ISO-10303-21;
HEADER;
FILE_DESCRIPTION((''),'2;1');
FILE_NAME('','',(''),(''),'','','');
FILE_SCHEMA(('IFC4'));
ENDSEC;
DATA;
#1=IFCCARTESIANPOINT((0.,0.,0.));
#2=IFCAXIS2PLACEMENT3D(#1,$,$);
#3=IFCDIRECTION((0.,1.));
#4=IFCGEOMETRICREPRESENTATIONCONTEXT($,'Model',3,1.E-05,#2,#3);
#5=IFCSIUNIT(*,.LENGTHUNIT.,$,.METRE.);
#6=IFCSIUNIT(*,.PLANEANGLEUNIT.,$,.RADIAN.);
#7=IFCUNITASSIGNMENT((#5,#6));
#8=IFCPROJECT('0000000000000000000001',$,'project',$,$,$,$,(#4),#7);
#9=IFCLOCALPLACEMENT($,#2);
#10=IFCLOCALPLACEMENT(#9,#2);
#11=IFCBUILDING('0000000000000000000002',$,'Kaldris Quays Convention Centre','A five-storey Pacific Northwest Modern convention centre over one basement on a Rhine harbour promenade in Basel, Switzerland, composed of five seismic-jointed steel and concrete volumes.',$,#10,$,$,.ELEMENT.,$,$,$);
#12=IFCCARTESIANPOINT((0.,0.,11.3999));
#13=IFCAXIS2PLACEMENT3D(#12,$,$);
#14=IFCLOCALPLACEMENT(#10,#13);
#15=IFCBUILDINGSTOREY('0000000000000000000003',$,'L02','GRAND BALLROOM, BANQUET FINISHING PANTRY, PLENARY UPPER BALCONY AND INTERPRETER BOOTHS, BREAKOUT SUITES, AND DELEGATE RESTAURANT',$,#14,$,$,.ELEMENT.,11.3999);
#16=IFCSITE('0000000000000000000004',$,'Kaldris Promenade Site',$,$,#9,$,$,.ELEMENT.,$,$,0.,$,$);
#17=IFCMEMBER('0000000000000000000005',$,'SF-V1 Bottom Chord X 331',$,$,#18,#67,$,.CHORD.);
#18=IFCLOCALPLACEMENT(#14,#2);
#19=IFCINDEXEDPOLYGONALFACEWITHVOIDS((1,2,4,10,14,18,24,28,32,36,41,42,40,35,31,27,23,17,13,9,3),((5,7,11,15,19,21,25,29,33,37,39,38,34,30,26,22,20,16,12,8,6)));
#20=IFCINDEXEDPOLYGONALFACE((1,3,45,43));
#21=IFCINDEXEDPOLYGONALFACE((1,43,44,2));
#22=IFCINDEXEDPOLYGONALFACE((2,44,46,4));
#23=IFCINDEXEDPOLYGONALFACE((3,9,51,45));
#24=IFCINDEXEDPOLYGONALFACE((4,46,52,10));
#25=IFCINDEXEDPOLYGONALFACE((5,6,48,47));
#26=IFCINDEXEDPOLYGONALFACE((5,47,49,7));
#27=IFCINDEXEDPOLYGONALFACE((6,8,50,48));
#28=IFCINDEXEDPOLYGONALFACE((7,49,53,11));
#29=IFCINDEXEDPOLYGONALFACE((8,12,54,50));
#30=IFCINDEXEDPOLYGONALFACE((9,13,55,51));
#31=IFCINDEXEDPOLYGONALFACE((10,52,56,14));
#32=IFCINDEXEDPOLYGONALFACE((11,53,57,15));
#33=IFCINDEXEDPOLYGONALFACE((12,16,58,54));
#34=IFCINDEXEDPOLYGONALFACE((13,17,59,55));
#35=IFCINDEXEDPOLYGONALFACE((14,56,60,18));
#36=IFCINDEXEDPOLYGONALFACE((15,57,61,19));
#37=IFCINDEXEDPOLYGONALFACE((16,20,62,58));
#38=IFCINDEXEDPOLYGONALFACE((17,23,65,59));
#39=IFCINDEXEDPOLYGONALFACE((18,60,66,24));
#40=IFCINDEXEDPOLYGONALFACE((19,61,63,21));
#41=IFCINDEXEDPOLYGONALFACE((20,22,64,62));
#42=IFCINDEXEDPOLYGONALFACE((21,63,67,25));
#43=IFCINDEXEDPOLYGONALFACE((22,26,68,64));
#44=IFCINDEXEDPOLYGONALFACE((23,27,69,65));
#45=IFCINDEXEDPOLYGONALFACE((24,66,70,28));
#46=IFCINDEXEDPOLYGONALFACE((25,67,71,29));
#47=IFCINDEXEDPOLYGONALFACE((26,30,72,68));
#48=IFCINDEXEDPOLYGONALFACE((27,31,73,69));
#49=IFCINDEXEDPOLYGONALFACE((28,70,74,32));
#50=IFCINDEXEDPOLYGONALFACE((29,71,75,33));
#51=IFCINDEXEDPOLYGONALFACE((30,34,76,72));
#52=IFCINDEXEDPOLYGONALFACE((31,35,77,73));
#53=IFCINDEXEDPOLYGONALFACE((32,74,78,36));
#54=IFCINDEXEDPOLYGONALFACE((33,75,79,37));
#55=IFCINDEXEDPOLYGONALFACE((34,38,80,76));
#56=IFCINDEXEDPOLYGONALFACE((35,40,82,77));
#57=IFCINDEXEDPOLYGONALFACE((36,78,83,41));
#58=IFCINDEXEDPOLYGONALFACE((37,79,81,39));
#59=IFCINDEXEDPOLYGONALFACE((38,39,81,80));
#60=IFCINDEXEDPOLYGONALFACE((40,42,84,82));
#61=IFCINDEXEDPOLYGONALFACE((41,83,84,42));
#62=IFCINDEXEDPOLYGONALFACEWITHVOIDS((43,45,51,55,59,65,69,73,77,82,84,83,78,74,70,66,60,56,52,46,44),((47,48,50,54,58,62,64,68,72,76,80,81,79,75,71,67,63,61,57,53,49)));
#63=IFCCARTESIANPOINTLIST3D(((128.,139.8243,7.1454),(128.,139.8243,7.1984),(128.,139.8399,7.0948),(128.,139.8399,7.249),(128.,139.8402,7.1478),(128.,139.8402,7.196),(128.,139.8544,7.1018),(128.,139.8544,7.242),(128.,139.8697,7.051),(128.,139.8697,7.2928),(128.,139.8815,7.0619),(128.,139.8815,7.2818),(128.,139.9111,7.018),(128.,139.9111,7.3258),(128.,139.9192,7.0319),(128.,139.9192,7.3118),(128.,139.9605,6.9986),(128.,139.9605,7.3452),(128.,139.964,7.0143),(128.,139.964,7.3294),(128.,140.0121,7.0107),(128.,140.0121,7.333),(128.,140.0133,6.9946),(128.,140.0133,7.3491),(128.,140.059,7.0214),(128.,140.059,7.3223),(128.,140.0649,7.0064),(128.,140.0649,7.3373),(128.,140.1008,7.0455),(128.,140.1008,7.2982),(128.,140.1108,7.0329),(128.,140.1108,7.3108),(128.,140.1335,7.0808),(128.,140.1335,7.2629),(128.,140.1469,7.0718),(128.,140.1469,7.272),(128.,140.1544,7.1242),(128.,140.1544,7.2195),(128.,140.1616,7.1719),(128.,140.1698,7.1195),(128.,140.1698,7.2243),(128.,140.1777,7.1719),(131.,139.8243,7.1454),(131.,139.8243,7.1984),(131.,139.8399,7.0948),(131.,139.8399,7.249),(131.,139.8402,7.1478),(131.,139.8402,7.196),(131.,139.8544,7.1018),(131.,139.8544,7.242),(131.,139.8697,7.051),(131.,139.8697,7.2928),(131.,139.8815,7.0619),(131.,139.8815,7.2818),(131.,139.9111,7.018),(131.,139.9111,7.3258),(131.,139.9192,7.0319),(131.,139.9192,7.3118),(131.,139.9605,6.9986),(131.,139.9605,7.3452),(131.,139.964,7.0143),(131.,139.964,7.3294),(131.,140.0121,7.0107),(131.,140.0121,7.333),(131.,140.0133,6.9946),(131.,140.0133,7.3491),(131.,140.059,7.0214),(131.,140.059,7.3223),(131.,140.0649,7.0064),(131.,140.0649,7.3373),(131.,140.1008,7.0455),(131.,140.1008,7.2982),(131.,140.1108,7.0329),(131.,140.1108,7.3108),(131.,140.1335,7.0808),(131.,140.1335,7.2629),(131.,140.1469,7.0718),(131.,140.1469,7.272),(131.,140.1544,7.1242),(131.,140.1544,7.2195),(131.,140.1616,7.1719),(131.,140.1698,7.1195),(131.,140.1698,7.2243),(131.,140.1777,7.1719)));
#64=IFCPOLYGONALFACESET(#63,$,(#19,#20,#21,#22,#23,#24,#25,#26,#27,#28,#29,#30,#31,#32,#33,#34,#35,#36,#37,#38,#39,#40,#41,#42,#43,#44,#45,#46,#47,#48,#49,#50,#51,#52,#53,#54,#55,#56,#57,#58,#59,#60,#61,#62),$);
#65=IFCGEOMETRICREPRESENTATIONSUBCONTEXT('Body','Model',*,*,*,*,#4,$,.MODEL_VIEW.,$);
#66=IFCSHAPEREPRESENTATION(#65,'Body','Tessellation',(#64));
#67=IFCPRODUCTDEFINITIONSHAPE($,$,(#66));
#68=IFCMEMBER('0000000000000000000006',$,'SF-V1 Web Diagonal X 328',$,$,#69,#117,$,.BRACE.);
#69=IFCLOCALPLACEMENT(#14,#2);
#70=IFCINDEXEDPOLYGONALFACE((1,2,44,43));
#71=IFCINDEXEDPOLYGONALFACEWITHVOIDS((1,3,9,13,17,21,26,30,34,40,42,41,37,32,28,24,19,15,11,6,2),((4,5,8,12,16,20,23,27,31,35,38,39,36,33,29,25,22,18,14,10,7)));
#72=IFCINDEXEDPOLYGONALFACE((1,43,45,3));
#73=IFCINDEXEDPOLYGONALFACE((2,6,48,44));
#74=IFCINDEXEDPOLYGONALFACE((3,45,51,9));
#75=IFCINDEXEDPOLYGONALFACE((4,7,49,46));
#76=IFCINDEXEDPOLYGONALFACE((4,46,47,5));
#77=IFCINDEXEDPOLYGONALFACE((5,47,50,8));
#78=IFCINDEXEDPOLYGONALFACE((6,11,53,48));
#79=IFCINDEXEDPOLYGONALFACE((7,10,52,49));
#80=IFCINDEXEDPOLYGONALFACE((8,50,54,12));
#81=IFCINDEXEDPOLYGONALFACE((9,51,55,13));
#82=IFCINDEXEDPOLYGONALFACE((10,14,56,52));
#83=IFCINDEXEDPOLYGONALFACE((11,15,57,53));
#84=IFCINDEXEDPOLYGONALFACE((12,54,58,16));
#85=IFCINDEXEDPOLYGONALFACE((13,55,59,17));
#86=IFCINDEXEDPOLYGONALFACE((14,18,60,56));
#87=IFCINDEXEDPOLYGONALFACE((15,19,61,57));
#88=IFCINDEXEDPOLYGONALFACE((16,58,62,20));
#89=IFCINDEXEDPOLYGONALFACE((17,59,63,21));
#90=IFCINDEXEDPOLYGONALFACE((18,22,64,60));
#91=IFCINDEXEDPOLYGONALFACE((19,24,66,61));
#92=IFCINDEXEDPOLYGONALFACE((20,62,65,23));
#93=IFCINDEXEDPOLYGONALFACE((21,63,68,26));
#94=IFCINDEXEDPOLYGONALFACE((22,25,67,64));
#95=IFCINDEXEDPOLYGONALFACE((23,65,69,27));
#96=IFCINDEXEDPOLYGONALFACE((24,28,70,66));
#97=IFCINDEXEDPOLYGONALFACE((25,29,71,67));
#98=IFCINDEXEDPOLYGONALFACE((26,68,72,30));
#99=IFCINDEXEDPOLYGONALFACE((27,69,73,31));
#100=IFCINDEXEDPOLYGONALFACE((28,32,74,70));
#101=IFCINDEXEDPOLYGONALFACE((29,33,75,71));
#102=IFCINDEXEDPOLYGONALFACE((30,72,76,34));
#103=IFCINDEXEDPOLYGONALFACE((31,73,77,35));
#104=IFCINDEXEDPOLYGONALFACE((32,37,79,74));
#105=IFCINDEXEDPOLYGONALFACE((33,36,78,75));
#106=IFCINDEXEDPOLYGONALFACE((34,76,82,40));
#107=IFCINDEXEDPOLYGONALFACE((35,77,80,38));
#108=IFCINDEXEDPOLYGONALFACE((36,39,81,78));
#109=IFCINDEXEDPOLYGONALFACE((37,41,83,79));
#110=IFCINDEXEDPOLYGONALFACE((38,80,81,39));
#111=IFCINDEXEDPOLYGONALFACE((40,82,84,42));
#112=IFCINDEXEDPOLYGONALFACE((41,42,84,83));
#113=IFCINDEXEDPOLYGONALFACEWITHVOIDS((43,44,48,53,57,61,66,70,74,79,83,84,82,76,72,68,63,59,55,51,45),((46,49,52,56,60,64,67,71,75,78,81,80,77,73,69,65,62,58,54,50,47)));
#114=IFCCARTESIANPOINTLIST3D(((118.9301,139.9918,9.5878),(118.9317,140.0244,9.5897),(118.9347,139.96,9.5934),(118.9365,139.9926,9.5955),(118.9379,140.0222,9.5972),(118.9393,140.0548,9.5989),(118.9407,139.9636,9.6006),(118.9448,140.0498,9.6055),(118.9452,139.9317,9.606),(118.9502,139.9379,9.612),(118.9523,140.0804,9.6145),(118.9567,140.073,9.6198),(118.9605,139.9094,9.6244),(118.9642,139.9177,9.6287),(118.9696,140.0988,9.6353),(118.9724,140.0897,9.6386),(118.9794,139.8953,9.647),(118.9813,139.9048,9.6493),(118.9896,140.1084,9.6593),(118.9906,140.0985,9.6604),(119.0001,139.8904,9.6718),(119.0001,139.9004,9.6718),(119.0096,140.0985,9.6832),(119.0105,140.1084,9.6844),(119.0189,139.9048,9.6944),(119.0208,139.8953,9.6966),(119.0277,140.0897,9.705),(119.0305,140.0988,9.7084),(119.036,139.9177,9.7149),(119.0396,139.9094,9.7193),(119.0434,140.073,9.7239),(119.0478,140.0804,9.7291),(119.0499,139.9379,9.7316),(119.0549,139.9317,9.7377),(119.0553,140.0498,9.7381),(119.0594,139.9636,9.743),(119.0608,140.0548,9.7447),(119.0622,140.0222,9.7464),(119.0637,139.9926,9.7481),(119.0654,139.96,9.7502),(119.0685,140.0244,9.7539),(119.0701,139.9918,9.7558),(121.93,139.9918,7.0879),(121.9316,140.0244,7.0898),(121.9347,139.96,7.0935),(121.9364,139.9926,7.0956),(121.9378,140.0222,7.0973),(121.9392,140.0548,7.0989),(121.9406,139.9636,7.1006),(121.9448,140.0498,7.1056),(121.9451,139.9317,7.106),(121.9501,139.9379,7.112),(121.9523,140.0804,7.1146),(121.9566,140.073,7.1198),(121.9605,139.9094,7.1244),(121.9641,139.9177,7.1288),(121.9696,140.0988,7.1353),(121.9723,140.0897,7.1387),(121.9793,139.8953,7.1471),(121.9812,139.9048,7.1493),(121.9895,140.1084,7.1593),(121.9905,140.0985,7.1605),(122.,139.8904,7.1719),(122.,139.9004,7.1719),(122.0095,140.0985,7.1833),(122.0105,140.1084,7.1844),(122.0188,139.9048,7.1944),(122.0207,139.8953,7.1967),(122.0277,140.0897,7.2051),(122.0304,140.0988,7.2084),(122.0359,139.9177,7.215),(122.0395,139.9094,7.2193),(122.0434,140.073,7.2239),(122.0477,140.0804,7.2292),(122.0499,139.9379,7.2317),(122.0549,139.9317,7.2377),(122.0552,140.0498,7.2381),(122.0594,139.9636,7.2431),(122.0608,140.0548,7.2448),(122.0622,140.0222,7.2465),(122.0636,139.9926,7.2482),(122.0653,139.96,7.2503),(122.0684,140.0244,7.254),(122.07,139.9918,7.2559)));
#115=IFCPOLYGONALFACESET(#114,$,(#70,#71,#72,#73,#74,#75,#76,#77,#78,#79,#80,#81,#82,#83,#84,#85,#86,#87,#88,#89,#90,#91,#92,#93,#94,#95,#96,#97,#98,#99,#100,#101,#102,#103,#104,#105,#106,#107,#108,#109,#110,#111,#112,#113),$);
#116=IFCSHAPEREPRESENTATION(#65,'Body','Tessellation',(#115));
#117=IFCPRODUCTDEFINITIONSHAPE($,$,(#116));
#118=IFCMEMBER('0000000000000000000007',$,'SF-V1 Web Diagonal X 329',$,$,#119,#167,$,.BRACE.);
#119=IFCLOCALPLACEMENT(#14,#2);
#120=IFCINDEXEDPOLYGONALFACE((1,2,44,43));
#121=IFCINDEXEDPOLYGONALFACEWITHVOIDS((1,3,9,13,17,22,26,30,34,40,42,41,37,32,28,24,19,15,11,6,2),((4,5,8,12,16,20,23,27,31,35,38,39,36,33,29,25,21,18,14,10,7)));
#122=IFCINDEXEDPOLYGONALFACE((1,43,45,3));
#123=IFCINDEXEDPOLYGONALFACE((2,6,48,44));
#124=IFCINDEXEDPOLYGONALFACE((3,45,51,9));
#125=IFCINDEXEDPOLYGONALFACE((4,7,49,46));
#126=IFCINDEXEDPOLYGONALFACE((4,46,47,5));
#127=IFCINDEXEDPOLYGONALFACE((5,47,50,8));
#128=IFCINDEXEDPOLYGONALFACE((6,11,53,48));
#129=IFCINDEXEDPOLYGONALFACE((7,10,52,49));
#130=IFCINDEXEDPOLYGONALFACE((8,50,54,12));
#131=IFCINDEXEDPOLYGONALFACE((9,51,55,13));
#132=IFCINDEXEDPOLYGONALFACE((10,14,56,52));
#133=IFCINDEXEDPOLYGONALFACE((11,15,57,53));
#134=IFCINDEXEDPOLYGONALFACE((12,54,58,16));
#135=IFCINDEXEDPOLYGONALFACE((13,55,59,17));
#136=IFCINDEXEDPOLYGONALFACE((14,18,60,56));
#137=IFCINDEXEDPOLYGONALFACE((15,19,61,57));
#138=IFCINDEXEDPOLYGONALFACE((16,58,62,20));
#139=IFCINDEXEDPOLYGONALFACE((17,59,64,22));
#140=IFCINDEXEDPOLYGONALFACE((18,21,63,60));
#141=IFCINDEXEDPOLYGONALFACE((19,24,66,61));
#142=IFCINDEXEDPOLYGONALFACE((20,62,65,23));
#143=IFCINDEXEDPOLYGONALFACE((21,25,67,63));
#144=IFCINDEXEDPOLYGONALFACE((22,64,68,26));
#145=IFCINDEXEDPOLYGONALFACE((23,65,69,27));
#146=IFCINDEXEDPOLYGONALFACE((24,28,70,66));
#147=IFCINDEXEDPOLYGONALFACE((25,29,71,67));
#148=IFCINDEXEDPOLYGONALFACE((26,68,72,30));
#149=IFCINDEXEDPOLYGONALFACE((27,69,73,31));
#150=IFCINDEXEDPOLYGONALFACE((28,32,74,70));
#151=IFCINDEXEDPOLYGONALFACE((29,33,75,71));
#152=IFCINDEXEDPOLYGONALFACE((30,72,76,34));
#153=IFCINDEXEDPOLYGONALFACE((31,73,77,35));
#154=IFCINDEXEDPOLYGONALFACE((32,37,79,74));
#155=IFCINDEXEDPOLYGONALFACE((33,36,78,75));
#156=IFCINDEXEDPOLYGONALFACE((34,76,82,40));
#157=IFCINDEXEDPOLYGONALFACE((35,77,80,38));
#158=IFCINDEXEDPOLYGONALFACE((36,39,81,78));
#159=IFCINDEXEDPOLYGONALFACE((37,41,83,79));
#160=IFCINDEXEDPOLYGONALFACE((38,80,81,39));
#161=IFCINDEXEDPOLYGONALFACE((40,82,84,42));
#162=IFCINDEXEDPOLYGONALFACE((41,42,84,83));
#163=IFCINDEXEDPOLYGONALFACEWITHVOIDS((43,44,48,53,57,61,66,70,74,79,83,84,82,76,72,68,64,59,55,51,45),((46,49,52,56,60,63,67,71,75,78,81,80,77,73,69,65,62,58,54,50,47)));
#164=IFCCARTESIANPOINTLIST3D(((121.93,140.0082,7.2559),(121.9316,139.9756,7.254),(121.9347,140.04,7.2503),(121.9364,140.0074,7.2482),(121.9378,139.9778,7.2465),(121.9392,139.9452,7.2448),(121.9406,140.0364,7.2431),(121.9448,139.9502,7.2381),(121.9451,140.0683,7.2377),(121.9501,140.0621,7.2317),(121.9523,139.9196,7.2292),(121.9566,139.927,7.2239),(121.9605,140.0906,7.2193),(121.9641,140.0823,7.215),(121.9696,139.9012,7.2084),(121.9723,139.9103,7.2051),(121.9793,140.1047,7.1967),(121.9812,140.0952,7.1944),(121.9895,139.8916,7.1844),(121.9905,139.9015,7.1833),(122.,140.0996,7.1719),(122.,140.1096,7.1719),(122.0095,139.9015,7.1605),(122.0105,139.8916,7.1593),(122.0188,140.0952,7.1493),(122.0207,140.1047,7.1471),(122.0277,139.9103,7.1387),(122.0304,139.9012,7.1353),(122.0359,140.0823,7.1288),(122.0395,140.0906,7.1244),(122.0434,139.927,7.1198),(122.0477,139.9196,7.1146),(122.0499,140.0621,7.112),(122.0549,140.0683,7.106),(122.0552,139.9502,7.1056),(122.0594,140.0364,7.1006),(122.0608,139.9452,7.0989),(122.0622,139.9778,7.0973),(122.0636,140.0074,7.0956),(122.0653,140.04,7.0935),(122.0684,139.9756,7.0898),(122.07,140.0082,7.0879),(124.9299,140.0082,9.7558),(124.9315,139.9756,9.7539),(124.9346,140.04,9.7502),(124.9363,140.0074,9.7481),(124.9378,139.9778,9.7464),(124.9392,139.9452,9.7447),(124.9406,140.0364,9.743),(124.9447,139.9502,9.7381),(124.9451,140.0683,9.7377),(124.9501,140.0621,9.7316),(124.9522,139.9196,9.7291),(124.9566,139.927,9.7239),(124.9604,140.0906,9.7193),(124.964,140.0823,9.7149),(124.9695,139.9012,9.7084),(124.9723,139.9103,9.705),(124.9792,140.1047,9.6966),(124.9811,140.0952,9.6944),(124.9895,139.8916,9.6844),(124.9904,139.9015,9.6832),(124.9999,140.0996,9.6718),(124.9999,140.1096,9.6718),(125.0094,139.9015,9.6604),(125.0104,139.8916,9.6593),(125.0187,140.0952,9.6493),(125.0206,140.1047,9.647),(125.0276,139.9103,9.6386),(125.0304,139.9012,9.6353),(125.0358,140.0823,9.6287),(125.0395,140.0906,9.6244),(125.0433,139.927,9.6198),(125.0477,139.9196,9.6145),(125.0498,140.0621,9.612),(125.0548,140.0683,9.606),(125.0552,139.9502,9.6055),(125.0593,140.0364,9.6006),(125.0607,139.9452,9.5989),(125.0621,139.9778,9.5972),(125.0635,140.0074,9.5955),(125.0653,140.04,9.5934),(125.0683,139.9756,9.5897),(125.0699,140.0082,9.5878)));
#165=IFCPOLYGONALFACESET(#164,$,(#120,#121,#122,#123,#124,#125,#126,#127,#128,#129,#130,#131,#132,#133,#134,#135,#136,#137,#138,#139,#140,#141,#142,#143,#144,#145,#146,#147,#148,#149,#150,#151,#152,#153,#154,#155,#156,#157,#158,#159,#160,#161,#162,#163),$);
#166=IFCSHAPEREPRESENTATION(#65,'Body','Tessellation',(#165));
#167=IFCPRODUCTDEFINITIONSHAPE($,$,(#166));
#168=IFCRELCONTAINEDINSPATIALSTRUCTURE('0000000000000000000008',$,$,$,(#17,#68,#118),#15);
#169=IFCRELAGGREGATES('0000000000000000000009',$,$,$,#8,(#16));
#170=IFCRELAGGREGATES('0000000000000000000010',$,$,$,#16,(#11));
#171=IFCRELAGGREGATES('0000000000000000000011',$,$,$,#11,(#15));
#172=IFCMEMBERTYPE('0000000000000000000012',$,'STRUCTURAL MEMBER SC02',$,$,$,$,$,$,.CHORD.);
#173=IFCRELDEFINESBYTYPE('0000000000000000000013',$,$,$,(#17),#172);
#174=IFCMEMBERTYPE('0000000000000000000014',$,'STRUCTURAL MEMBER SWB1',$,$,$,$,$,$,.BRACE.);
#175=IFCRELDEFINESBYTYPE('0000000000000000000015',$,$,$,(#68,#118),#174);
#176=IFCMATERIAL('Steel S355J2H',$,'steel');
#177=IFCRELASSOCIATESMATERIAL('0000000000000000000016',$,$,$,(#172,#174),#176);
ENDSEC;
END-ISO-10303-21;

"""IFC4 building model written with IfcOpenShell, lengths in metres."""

from ifc_helpers import new_model, si_unit, direction, frame, origin, origin_2d, place, context, subcontext, project, spatial, hollow_circle, extrude, material, material_profile, profile_set, type_object, element, save


model = new_model("IFC4")

# Units and contexts
model_context = context("Model", 3, precision=1e-05, world=origin(), true_north=direction((0.0, 1.0)))
body_context = subcontext(model_context, "Body", "Model", "MODEL_VIEW")
ifc_project = project(units=[si_unit("LENGTHUNIT", "METRE"), si_unit("PLANEANGLEUNIT", "RADIAN")], contexts=[model_context])

# Site, building, storey
site_placement = place(None, origin())
site = spatial("IfcSite", under=ifc_project, at=site_placement, Name="Kaldris Promenade Site", CompositionType="ELEMENT", RefElevation=0.0)
building_placement = place(site_placement, origin())
building = spatial("IfcBuilding", under=site, at=building_placement, Name="Kaldris Quays Convention Centre", Description="A five-storey Pacific Northwest Modern convention centre over one basement on a Rhine harbour promenade in Basel, Switzerland, composed of five seismic-jointed steel and concrete volumes.", CompositionType="ELEMENT")
storey_placement = place(building_placement, frame((0.0, 0.0, 11.3999)))
storey = spatial("IfcBuildingStorey", under=building, at=storey_placement, Name="L02", Description="GRAND BALLROOM, BANQUET FINISHING PANTRY, PLENARY UPPER BALCONY AND INTERPRETER BOOTHS, BREAKOUT SUITES, AND DELEGATE RESTAURANT", CompositionType="ELEMENT", Elevation=11.3999)

# Members
ifc_material_1 = material(Name="Steel S355J2H", Category="steel")
ifc_material_profile_1 = material_profile(ifc_material_1, hollow_circle(Radius=0.1777, WallThickness=0.0161, at=origin_2d()), Name="CHS 355.6x16")
ifc_profile_set_1 = profile_set([ifc_material_profile_1], Name="Steel S355J2H")
member_type_1 = type_object("IfcMemberType", Name="STRUCTURAL MEMBER SC02", PredefinedType="CHORD", material=ifc_profile_set_1)
for number, where, z_axis, x_axis, name in (
    (1, (128.0, 140.0, 7.1719), (1.0, 0.0, 0.0), (0.0, 1.0, 0.0), "SF-V1 Bottom Chord X 331"),
):
    element("IfcMember", number, at=place(storey_placement, frame(where, z_axis=z_axis, x_axis=x_axis)), inside=storey, type_object=member_type_1, Name=name, PredefinedType="CHORD", context=body_context, shape_type="SweptSolid", body=[
        extrude(hollow_circle(Radius=0.1777, WallThickness=0.0161, at=origin_2d()), origin(), (0.0, 0.0, 1.0), 3.0),
    ])
ifc_material_profile_2 = material_profile(ifc_material_1, hollow_circle(Radius=0.1096, WallThickness=0.01, at=origin_2d()), Name="CHS 219.1x10")
ifc_profile_set_2 = profile_set([ifc_material_profile_2], Name="Steel S355J2H")
member_type_2 = type_object("IfcMemberType", Name="STRUCTURAL MEMBER SWB1", PredefinedType="BRACE", material=ifc_profile_set_2)
for number, where, z_axis, x_axis, name in (
    (2, (122.0, 140.0, 7.1719), (-0.768221, 0.0, 0.640184), (0.0, -1.0, 0.0), "SF-V1 Web Diagonal X 328"),
    (3, (122.0, 140.0, 7.1719), (0.768221, 0.0, 0.640184), (0.0, 1.0, 0.0), "SF-V1 Web Diagonal X 329"),
):
    element("IfcMember", number, at=place(storey_placement, frame(where, z_axis=z_axis, x_axis=x_axis)), inside=storey, type_object=member_type_2, Name=name, PredefinedType="BRACE", context=body_context, shape_type="SweptSolid", body=[
        extrude(hollow_circle(Radius=0.1096, WallThickness=0.01, at=origin_2d()), origin(), (0.0, 0.0, 1.0), 3.905),
    ])

save(model, "model.ifc")
